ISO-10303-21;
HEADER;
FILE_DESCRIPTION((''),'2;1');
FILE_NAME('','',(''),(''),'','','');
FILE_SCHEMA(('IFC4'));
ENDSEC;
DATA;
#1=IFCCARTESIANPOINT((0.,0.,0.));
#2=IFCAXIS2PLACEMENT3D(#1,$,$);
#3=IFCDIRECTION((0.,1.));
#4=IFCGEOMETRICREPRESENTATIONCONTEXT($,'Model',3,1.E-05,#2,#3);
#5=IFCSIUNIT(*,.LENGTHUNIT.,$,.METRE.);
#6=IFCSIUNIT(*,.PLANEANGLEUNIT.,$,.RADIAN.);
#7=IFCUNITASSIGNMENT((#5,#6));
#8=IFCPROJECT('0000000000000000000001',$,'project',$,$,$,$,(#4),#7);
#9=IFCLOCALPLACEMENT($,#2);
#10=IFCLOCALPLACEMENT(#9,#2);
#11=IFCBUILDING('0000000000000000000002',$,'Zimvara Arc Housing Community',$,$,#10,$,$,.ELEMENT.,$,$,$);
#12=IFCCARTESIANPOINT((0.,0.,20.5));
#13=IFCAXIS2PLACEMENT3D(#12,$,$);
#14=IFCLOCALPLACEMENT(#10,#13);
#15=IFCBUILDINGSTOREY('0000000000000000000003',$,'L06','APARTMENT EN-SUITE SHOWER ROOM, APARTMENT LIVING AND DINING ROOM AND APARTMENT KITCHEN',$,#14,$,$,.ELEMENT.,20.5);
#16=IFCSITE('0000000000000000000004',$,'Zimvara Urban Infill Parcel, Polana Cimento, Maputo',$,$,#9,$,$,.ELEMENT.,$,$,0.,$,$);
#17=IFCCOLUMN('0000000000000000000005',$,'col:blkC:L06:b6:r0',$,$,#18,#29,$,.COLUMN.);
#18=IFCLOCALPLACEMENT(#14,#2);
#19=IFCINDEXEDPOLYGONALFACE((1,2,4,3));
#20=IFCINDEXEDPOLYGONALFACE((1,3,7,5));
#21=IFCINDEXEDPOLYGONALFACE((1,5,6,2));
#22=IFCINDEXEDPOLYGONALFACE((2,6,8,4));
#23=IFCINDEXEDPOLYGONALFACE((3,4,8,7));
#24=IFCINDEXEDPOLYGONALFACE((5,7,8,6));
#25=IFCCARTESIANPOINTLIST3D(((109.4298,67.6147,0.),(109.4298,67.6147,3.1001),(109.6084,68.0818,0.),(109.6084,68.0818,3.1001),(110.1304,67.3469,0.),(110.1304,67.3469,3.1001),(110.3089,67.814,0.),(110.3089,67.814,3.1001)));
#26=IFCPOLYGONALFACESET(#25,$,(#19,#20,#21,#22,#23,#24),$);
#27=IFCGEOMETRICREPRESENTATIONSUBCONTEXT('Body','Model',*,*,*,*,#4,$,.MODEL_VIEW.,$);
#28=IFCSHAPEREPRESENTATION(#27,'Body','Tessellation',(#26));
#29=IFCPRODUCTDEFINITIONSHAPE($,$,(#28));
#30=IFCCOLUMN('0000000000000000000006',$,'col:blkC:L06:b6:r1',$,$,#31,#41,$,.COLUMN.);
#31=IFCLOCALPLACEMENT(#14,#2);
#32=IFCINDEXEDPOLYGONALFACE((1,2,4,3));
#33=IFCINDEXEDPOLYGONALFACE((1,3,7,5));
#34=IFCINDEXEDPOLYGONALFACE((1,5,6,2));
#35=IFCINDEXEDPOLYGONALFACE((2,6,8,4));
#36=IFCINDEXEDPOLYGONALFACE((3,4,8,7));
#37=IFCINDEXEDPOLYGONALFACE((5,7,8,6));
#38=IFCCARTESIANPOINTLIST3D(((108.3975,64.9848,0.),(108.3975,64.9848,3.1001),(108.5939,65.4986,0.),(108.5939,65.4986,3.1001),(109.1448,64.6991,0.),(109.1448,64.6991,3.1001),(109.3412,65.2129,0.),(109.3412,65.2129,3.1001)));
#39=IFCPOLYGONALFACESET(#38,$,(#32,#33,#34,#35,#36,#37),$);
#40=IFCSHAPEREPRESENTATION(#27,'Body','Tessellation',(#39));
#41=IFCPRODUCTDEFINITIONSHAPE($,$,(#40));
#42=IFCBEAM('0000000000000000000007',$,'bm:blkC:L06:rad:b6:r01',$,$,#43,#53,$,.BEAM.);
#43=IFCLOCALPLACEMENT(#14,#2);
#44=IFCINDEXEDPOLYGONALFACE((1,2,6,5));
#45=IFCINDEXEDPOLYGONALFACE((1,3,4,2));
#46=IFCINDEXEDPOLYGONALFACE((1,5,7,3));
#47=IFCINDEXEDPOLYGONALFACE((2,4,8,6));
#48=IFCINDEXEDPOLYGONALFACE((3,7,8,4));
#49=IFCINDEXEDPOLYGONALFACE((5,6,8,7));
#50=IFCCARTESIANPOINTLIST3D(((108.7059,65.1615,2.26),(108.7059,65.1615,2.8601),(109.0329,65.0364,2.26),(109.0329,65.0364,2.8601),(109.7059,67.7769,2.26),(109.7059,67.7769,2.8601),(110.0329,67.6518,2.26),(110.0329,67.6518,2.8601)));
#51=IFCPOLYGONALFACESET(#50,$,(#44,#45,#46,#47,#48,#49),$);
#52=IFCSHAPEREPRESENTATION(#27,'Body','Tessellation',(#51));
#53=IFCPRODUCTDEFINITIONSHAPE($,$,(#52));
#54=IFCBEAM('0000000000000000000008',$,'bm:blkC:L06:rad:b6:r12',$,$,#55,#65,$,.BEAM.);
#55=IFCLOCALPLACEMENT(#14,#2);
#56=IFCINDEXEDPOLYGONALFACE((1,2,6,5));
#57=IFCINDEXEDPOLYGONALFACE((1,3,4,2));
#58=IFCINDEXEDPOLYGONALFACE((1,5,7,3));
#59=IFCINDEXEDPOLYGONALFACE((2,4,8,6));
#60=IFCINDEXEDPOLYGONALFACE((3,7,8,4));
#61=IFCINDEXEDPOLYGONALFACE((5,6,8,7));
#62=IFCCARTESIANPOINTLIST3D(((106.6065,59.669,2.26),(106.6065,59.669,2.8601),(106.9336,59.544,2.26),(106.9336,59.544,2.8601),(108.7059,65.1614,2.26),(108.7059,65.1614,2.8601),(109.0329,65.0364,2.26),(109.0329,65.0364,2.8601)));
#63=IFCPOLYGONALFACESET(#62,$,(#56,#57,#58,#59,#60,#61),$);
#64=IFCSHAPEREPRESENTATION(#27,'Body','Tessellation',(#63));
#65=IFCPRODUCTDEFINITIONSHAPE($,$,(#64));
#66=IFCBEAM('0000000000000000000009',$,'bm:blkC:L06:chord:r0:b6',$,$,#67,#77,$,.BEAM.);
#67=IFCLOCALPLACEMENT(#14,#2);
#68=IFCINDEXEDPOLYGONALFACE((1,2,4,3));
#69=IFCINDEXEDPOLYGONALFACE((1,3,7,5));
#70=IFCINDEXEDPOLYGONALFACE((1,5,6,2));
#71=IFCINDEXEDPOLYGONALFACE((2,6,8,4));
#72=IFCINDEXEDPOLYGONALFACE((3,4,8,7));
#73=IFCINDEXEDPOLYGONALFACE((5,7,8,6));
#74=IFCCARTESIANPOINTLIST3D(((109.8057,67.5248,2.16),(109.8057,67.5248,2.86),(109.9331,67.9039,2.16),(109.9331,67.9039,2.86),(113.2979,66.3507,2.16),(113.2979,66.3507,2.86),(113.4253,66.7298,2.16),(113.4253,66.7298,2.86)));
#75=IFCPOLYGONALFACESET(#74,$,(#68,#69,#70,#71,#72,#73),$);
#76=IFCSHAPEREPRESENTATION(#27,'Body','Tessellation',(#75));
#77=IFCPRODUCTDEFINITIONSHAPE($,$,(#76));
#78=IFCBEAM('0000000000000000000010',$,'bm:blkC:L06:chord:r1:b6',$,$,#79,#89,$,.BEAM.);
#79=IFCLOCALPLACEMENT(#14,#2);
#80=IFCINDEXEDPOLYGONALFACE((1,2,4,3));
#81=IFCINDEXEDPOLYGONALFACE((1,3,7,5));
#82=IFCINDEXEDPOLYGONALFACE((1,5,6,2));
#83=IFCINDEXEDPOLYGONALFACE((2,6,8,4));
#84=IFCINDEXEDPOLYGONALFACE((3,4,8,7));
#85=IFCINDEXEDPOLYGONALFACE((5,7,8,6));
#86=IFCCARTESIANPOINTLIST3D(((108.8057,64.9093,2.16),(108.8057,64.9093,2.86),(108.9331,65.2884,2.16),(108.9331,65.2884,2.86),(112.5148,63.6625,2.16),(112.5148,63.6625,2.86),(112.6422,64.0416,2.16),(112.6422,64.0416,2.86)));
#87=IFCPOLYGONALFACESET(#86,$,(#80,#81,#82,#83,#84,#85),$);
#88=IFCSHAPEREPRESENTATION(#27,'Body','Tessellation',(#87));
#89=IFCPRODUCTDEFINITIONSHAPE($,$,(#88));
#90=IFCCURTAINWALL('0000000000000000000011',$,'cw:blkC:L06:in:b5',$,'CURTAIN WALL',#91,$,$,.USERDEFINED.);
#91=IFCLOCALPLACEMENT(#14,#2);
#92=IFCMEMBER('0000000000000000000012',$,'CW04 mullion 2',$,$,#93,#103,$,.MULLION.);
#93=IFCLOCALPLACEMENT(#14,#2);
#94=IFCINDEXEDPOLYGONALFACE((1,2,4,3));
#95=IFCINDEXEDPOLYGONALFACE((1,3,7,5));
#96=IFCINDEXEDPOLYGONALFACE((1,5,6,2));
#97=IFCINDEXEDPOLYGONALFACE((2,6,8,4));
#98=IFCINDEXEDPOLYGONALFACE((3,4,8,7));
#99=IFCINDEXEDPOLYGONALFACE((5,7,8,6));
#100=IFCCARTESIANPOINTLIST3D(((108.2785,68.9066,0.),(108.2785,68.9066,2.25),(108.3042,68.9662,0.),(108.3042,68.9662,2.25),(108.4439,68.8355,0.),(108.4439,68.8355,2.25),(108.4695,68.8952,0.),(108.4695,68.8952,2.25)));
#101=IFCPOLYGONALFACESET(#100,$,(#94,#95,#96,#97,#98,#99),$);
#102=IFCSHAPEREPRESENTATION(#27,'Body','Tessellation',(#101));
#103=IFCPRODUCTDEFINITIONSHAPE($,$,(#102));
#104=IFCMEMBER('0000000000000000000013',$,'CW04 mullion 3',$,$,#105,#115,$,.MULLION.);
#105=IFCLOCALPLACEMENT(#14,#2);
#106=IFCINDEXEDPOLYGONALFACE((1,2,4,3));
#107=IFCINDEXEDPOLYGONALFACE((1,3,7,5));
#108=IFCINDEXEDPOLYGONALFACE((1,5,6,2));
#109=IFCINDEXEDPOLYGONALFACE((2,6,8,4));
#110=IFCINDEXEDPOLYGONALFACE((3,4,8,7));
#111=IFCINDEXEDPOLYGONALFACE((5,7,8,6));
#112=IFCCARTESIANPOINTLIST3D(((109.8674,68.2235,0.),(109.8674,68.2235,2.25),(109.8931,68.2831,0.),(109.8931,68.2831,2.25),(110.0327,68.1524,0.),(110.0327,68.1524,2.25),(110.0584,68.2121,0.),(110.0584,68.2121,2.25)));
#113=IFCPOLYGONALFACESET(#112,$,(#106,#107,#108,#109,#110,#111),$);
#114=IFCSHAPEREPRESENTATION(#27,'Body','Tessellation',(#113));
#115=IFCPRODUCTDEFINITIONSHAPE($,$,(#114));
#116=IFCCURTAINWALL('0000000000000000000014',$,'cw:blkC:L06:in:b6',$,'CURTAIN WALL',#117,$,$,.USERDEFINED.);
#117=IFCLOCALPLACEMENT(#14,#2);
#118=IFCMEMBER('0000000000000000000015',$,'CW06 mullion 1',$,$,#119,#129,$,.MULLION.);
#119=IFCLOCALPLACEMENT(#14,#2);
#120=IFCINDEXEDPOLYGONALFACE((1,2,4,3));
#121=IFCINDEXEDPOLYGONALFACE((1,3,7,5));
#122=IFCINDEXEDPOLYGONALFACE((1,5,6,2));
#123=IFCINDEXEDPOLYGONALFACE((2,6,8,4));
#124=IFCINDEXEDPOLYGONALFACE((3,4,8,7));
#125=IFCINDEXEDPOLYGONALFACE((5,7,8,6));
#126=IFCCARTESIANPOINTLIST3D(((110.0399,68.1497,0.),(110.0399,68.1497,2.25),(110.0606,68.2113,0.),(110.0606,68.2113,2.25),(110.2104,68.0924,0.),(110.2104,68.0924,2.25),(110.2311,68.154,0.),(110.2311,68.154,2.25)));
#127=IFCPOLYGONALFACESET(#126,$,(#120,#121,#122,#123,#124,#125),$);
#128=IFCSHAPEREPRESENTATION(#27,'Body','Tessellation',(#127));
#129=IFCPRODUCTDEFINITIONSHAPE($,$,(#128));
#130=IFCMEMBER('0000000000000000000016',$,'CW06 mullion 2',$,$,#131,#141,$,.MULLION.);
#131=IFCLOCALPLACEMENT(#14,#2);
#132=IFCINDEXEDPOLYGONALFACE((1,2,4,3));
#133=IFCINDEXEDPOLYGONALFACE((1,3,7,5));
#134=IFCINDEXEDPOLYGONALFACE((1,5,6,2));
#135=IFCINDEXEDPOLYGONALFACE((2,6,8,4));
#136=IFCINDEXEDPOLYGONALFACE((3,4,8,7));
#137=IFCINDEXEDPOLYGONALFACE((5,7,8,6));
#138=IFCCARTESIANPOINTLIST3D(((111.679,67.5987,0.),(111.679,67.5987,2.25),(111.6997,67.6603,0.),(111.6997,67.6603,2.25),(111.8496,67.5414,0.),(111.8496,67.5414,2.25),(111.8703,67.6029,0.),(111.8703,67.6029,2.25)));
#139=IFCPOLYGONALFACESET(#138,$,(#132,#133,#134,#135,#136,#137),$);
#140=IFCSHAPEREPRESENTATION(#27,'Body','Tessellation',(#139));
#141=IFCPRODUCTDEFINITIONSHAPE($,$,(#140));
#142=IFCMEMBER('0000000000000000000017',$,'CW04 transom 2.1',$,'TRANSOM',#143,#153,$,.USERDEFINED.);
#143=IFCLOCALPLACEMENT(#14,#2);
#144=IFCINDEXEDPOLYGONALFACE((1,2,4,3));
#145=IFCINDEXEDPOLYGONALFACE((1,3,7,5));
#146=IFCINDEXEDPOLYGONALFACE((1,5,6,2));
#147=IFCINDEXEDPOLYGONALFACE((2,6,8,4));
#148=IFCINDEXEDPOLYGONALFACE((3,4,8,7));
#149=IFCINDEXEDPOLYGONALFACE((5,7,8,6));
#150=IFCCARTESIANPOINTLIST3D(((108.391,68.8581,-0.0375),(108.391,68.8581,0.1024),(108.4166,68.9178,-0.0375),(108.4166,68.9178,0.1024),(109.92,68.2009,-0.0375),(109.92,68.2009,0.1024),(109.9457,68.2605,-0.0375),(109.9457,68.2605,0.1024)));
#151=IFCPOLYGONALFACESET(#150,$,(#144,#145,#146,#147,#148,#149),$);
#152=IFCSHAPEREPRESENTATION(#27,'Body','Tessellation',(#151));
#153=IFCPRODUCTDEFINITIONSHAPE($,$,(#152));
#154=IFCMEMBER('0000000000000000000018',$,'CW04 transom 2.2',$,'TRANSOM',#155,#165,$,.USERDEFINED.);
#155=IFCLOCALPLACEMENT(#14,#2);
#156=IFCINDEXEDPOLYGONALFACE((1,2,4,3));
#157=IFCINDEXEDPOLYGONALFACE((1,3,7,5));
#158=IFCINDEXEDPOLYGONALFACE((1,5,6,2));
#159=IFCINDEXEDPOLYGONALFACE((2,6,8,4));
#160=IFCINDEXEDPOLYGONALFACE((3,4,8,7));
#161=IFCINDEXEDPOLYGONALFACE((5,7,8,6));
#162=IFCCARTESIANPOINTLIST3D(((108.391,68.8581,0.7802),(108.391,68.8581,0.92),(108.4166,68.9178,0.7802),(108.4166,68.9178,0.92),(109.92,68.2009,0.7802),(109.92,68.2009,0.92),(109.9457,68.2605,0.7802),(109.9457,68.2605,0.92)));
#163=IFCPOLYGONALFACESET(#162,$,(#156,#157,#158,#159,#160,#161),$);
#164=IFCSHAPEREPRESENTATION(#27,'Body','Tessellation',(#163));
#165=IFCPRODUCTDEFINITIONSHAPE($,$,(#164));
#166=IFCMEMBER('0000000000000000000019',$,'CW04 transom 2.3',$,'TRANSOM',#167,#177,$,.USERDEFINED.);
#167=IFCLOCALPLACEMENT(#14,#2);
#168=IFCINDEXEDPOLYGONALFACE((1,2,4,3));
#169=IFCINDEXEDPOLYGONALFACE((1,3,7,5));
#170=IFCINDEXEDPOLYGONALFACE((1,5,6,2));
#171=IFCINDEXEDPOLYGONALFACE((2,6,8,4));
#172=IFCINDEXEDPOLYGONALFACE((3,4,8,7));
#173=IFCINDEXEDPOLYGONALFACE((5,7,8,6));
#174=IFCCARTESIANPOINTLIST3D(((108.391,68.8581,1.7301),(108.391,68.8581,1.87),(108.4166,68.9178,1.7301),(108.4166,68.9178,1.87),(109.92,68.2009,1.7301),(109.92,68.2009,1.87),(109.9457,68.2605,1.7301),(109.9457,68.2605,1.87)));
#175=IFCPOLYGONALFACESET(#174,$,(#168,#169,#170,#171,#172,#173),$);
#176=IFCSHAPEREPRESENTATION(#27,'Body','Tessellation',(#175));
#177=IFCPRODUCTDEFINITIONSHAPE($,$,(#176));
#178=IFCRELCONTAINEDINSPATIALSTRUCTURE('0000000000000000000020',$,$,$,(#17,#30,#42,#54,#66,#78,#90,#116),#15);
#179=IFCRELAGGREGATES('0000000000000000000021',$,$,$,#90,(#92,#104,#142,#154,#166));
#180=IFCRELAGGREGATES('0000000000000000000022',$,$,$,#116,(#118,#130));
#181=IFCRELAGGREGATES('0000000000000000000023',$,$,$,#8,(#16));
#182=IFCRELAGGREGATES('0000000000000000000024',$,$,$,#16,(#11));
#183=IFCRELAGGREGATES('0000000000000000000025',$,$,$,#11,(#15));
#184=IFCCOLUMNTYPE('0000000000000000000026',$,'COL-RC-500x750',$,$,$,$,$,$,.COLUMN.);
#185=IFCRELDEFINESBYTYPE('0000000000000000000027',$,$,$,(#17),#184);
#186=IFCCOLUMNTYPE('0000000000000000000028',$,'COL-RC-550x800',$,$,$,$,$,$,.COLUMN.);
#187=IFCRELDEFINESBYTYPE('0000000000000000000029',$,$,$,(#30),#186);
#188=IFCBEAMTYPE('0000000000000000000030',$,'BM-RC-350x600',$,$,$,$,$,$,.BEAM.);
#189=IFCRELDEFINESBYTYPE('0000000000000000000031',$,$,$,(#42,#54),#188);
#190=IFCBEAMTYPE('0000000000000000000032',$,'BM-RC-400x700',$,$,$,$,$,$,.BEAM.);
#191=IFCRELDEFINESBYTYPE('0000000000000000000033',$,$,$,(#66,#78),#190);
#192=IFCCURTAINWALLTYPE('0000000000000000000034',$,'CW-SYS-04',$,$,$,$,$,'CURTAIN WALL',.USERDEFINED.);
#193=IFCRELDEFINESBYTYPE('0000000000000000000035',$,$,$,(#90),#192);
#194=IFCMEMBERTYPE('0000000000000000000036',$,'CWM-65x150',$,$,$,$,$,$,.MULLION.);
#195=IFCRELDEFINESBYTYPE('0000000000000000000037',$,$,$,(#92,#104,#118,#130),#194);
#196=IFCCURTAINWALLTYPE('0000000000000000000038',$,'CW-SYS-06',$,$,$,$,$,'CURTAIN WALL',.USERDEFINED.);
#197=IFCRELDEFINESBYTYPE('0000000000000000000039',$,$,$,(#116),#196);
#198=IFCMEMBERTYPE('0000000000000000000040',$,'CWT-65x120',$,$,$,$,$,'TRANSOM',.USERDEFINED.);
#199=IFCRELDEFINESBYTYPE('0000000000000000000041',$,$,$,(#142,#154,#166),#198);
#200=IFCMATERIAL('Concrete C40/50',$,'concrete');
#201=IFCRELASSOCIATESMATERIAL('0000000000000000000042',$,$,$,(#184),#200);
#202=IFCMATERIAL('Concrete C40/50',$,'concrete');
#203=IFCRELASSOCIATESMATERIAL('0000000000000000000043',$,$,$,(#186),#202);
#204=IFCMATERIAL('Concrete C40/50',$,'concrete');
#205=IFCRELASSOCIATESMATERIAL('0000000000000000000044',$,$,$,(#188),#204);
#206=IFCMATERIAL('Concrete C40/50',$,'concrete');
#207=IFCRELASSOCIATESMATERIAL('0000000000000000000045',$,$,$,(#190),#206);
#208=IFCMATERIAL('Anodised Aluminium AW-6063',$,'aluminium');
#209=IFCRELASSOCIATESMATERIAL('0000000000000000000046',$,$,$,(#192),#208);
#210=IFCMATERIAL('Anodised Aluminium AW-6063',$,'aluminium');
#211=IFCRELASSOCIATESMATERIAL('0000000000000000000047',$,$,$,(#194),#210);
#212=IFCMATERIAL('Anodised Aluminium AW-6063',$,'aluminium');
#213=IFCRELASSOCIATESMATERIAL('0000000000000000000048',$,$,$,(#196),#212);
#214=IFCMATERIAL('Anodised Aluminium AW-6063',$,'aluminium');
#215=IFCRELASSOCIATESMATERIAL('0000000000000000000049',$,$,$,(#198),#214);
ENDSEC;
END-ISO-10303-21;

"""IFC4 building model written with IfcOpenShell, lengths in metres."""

from ifc_helpers import new_model, si_unit, direction, frame, origin, origin_2d, place, context, subcontext, project, spatial, rectangle, extrude, material, material_profile, profile_set, type_object, element, aggregate, save


model = new_model("IFC4")

# Units and contexts
model_context = context("Model", 3, precision=1e-05, world=origin(), true_north=direction((0.0, 1.0)))
body_context = subcontext(model_context, "Body", "Model", "MODEL_VIEW")
ifc_project = project(units=[si_unit("LENGTHUNIT", "METRE"), si_unit("PLANEANGLEUNIT", "RADIAN")], contexts=[model_context])

# Site, building, storey
site_placement = place(None, origin())
site = spatial("IfcSite", under=ifc_project, at=site_placement, Name="Zimvara Urban Infill Parcel, Polana Cimento, Maputo", CompositionType="ELEMENT", RefElevation=0.0)
building_placement = place(site_placement, origin())
building = spatial("IfcBuilding", under=site, at=building_placement, Name="Zimvara Arc Housing Community", CompositionType="ELEMENT")
storey_placement = place(building_placement, frame((0.0, 0.0, 20.5)))
storey = spatial("IfcBuildingStorey", under=building, at=storey_placement, Name="L06", Description="APARTMENT EN-SUITE SHOWER ROOM, APARTMENT LIVING AND DINING ROOM AND APARTMENT KITCHEN", CompositionType="ELEMENT", Elevation=20.5)

# Columns
ifc_material_1 = material(Name="Concrete C40/50", Category="concrete")
ifc_material_profile_1 = material_profile(ifc_material_1, rectangle(XDim=0.5, YDim=0.75, at=origin_2d()), Name="RC 500x750")
ifc_profile_set_1 = profile_set([ifc_material_profile_1], Name="Concrete C40/50")
column_type_1 = type_object("IfcColumnType", Name="COL-RC-500x750", PredefinedType="COLUMN", material=ifc_profile_set_1)
column_1_placement = place(storey_placement, frame((109.8694, 67.7144, 0.0), z_axis=(0.0, 0.0, 1.0), x_axis=(-0.357064, -0.93408, 0.0)))
element("IfcColumn", 1, at=column_1_placement, inside=storey, type_object=column_type_1, Name="col:blkC:L06:b6:r0", PredefinedType="COLUMN", context=body_context, shape_type="SweptSolid", body=[
    extrude(rectangle(XDim=0.5, YDim=0.75, at=origin_2d()), origin(), (0.0, 0.0, 1.0), 3.1001),
])
ifc_material_2 = material(Name="Concrete C40/50", Category="concrete")
ifc_material_profile_2 = material_profile(ifc_material_2, rectangle(XDim=0.55, YDim=0.8, at=origin_2d()), Name="RC 550x800")
ifc_profile_set_2 = profile_set([ifc_material_profile_2], Name="Concrete C40/50")
column_type_2 = type_object("IfcColumnType", Name="COL-RC-550x800", PredefinedType="COLUMN", material=ifc_profile_set_2)
column_2_placement = place(storey_placement, frame((108.8694, 65.0989, 0.0), z_axis=(0.0, 0.0, 1.0), x_axis=(-0.357064, -0.93408, 0.0)))
element("IfcColumn", 2, at=column_2_placement, inside=storey, type_object=column_type_2, Name="col:blkC:L06:b6:r1", PredefinedType="COLUMN", context=body_context, shape_type="SweptSolid", body=[
    extrude(rectangle(XDim=0.55, YDim=0.8, at=origin_2d()), origin(), (0.0, 0.0, 1.0), 3.1001),
])

# Beams
ifc_material_3 = material(Name="Concrete C40/50", Category="concrete")
ifc_material_profile_3 = material_profile(ifc_material_3, rectangle(XDim=0.3501, YDim=0.6001, at=origin_2d()), Name="RC 350x600")
ifc_profile_set_3 = profile_set([ifc_material_profile_3], Name="Concrete C40/50")
beam_type_1 = type_object("IfcBeamType", Name="BM-RC-350x600", PredefinedType="BEAM", material=ifc_profile_set_3)
beam_1_placement = place(storey_placement, frame((109.8694, 67.7144, 2.5601), z_axis=(-0.357126, -0.934056, 0.0), x_axis=(0.934056, -0.357126, 0.0)))
element("IfcBeam", 3, at=beam_1_placement, inside=storey, type_object=beam_type_1, Name="bm:blkC:L06:rad:b6:r01", PredefinedType="BEAM", context=body_context, shape_type="SweptSolid", body=[
    extrude(rectangle(XDim=0.3501, YDim=0.6001, at=origin_2d()), origin(), (0.0, 0.0, 1.0), 2.8),
])
beam_2_placement = place(storey_placement, frame((108.8694, 65.0989, 2.5601), z_axis=(-0.357036, -0.934091, 0.0), x_axis=(0.934091, -0.357036, 0.0)))
element("IfcBeam", 4, at=beam_2_placement, inside=storey, type_object=beam_type_1, Name="bm:blkC:L06:rad:b6:r12", PredefinedType="BEAM", context=body_context, shape_type="SweptSolid", body=[
    extrude(rectangle(XDim=0.3501, YDim=0.6001, at=origin_2d()), origin(), (0.0, 0.0, 1.0), 5.8799),
])
ifc_material_4 = material(Name="Concrete C40/50", Category="concrete")
ifc_material_profile_4 = material_profile(ifc_material_4, rectangle(XDim=0.3999, YDim=0.7, at=origin_2d()), Name="RC 400x700")
ifc_profile_set_4 = profile_set([ifc_material_profile_4], Name="Concrete C40/50")
beam_type_2 = type_object("IfcBeamType", Name="BM-RC-400x700", PredefinedType="BEAM", material=ifc_profile_set_4)
beam_3_placement = place(storey_placement, frame((109.8694, 67.7144, 2.51), z_axis=(0.947865, -0.318672, 0.0), x_axis=(0.318672, 0.947865, 0.0)))
element("IfcBeam", 5, at=beam_3_placement, inside=storey, type_object=beam_type_2, Name="bm:blkC:L06:chord:r0:b6", PredefinedType="BEAM", context=body_context, shape_type="SweptSolid", body=[
    extrude(rectangle(XDim=0.3999, YDim=0.7, at=origin_2d()), origin(), (0.0, 0.0, 1.0), 3.6843),
])
beam_4_placement = place(storey_placement, frame((108.8694, 65.0989, 2.51), z_axis=(0.947882, -0.318623, 0.0), x_axis=(0.318623, 0.947882, 0.0)))
element("IfcBeam", 6, at=beam_4_placement, inside=storey, type_object=beam_type_2, Name="bm:blkC:L06:chord:r1:b6", PredefinedType="BEAM", context=body_context, shape_type="SweptSolid", body=[
    extrude(rectangle(XDim=0.3999, YDim=0.7, at=origin_2d()), origin(), (0.0, 0.0, 1.0), 3.9131),
])

# Curtain walls, members
ifc_material_5 = material(Name="Anodised Aluminium AW-6063", Category="aluminium")
curtain_wall_type_1 = type_object("IfcCurtainWallType", Name="CW-SYS-04", ElementType="CURTAIN WALL", PredefinedType="USERDEFINED", material=ifc_material_5)
curtain_wall_1_placement = place(storey_placement, origin())
curtain_wall_1 = element("IfcCurtainWall", 7, at=curtain_wall_1_placement, inside=storey, type_object=curtain_wall_type_1, Name="cw:blkC:L06:in:b5", ObjectType="CURTAIN WALL", PredefinedType="USERDEFINED")
ifc_material_6 = material(Name="Anodised Aluminium AW-6063", Category="aluminium")
ifc_material_profile_5 = material_profile(ifc_material_6, rectangle(XDim=0.0649, YDim=0.1799, at=origin_2d()), Name="ALU 65x180")
ifc_profile_set_5 = profile_set([ifc_material_profile_5], Name="Anodised Aluminium AW-6063")
member_type_1 = type_object("IfcMemberType", Name="CWM-65x150", PredefinedType="MULLION", material=ifc_profile_set_5)
member_1_placement = place(storey_placement, frame((108.374, 68.9009, 0.0), z_axis=(0.0, 0.0, 1.0), x_axis=(0.394904, 0.918722, 0.0)))
member_1 = element("IfcMember", 8, at=member_1_placement, type_object=member_type_1, Name="CW04 mullion 2", PredefinedType="MULLION", context=body_context, shape_type="SweptSolid", body=[
    extrude(rectangle(XDim=0.0649, YDim=0.1799, at=origin_2d()), origin(), (0.0, 0.0, 1.0), 2.25),
])
member_2_placement = place(storey_placement, frame((109.9629, 68.2178, 0.0), z_axis=(0.0, 0.0, 1.0), x_axis=(0.394904, 0.918722, 0.0)))
member_2 = element("IfcMember", 9, at=member_2_placement, type_object=member_type_1, Name="CW04 mullion 3", PredefinedType="MULLION", context=body_context, shape_type="SweptSolid", body=[
    extrude(rectangle(XDim=0.0649, YDim=0.1799, at=origin_2d()), origin(), (0.0, 0.0, 1.0), 2.25),
])
ifc_material_7 = material(Name="Anodised Aluminium AW-6063", Category="aluminium")
curtain_wall_type_2 = type_object("IfcCurtainWallType", Name="CW-SYS-06", ElementType="CURTAIN WALL", PredefinedType="USERDEFINED", material=ifc_material_7)
curtain_wall_2_placement = place(storey_placement, origin())
curtain_wall_2 = element("IfcCurtainWall", 10, at=curtain_wall_2_placement, inside=storey, type_object=curtain_wall_type_2, Name="cw:blkC:L06:in:b6", ObjectType="CURTAIN WALL", PredefinedType="USERDEFINED")
member_3_placement = place(storey_placement, frame((110.1355, 68.1519, 0.0), z_axis=(0.0, 0.0, 1.0), x_axis=(0.31863, 0.947879, 0.0)))
member_3 = element("IfcMember", 11, at=member_3_placement, type_object=member_type_1, Name="CW06 mullion 1", PredefinedType="MULLION", context=body_context, shape_type="SweptSolid", body=[
    extrude(rectangle(XDim=0.0649, YDim=0.1799, at=origin_2d()), origin(), (0.0, 0.0, 1.0), 2.25),
])
member_4_placement = place(storey_placement, frame((111.7747, 67.6008, 0.0), z_axis=(0.0, 0.0, 1.0), x_axis=(0.31863, 0.947879, 0.0)))
member_4 = element("IfcMember", 12, at=member_4_placement, type_object=member_type_1, Name="CW06 mullion 2", PredefinedType="MULLION", context=body_context, shape_type="SweptSolid", body=[
    extrude(rectangle(XDim=0.0649, YDim=0.1799, at=origin_2d()), origin(), (0.0, 0.0, 1.0), 2.25),
])

# Members
ifc_material_8 = material(Name="Anodised Aluminium AW-6063", Category="aluminium")
ifc_material_profile_6 = material_profile(ifc_material_8, rectangle(XDim=0.0649, YDim=0.1399, at=origin_2d()), Name="ALU 65x140")
ifc_profile_set_6 = profile_set([ifc_material_profile_6], Name="Anodised Aluminium AW-6063")
member_type_2 = type_object("IfcMemberType", Name="CWT-65x120", ElementType="TRANSOM", PredefinedType="USERDEFINED", material=ifc_profile_set_6)
member_5_placement = place(storey_placement, frame((108.4038, 68.8879, 0.0325), z_axis=(0.918727, -0.394893, 0.0), x_axis=(0.394893, 0.918727, 0.0)))
member_5 = element("IfcMember", 13, at=member_5_placement, type_object=member_type_2, Name="CW04 transom 2.1", ObjectType="TRANSOM", PredefinedType="USERDEFINED", context=body_context, shape_type="SweptSolid", body=[
    extrude(rectangle(XDim=0.0649, YDim=0.1399, at=origin_2d()), origin(), (0.0, 0.0, 1.0), 1.6643),
])
member_6_placement = place(storey_placement, frame((108.4038, 68.8879, 0.8501), z_axis=(0.918727, -0.394893, 0.0), x_axis=(0.394893, 0.918727, 0.0)))
member_6 = element("IfcMember", 14, at=member_6_placement, type_object=member_type_2, Name="CW04 transom 2.2", ObjectType="TRANSOM", PredefinedType="USERDEFINED", context=body_context, shape_type="SweptSolid", body=[
    extrude(rectangle(XDim=0.0649, YDim=0.1399, at=origin_2d()), origin(), (0.0, 0.0, 1.0), 1.6643),
])
member_7_placement = place(storey_placement, frame((108.4038, 68.8879, 1.8), z_axis=(0.918727, -0.394893, 0.0), x_axis=(0.394893, 0.918727, 0.0)))
member_7 = element("IfcMember", 15, at=member_7_placement, type_object=member_type_2, Name="CW04 transom 2.3", ObjectType="TRANSOM", PredefinedType="USERDEFINED", context=body_context, shape_type="SweptSolid", body=[
    extrude(rectangle(XDim=0.0649, YDim=0.1399, at=origin_2d()), origin(), (0.0, 0.0, 1.0), 1.6643),
])

aggregate(curtain_wall_1, [member_1, member_2, member_5, member_6, member_7])
aggregate(curtain_wall_2, [member_3, member_4])

save(model, "model.ifc")
